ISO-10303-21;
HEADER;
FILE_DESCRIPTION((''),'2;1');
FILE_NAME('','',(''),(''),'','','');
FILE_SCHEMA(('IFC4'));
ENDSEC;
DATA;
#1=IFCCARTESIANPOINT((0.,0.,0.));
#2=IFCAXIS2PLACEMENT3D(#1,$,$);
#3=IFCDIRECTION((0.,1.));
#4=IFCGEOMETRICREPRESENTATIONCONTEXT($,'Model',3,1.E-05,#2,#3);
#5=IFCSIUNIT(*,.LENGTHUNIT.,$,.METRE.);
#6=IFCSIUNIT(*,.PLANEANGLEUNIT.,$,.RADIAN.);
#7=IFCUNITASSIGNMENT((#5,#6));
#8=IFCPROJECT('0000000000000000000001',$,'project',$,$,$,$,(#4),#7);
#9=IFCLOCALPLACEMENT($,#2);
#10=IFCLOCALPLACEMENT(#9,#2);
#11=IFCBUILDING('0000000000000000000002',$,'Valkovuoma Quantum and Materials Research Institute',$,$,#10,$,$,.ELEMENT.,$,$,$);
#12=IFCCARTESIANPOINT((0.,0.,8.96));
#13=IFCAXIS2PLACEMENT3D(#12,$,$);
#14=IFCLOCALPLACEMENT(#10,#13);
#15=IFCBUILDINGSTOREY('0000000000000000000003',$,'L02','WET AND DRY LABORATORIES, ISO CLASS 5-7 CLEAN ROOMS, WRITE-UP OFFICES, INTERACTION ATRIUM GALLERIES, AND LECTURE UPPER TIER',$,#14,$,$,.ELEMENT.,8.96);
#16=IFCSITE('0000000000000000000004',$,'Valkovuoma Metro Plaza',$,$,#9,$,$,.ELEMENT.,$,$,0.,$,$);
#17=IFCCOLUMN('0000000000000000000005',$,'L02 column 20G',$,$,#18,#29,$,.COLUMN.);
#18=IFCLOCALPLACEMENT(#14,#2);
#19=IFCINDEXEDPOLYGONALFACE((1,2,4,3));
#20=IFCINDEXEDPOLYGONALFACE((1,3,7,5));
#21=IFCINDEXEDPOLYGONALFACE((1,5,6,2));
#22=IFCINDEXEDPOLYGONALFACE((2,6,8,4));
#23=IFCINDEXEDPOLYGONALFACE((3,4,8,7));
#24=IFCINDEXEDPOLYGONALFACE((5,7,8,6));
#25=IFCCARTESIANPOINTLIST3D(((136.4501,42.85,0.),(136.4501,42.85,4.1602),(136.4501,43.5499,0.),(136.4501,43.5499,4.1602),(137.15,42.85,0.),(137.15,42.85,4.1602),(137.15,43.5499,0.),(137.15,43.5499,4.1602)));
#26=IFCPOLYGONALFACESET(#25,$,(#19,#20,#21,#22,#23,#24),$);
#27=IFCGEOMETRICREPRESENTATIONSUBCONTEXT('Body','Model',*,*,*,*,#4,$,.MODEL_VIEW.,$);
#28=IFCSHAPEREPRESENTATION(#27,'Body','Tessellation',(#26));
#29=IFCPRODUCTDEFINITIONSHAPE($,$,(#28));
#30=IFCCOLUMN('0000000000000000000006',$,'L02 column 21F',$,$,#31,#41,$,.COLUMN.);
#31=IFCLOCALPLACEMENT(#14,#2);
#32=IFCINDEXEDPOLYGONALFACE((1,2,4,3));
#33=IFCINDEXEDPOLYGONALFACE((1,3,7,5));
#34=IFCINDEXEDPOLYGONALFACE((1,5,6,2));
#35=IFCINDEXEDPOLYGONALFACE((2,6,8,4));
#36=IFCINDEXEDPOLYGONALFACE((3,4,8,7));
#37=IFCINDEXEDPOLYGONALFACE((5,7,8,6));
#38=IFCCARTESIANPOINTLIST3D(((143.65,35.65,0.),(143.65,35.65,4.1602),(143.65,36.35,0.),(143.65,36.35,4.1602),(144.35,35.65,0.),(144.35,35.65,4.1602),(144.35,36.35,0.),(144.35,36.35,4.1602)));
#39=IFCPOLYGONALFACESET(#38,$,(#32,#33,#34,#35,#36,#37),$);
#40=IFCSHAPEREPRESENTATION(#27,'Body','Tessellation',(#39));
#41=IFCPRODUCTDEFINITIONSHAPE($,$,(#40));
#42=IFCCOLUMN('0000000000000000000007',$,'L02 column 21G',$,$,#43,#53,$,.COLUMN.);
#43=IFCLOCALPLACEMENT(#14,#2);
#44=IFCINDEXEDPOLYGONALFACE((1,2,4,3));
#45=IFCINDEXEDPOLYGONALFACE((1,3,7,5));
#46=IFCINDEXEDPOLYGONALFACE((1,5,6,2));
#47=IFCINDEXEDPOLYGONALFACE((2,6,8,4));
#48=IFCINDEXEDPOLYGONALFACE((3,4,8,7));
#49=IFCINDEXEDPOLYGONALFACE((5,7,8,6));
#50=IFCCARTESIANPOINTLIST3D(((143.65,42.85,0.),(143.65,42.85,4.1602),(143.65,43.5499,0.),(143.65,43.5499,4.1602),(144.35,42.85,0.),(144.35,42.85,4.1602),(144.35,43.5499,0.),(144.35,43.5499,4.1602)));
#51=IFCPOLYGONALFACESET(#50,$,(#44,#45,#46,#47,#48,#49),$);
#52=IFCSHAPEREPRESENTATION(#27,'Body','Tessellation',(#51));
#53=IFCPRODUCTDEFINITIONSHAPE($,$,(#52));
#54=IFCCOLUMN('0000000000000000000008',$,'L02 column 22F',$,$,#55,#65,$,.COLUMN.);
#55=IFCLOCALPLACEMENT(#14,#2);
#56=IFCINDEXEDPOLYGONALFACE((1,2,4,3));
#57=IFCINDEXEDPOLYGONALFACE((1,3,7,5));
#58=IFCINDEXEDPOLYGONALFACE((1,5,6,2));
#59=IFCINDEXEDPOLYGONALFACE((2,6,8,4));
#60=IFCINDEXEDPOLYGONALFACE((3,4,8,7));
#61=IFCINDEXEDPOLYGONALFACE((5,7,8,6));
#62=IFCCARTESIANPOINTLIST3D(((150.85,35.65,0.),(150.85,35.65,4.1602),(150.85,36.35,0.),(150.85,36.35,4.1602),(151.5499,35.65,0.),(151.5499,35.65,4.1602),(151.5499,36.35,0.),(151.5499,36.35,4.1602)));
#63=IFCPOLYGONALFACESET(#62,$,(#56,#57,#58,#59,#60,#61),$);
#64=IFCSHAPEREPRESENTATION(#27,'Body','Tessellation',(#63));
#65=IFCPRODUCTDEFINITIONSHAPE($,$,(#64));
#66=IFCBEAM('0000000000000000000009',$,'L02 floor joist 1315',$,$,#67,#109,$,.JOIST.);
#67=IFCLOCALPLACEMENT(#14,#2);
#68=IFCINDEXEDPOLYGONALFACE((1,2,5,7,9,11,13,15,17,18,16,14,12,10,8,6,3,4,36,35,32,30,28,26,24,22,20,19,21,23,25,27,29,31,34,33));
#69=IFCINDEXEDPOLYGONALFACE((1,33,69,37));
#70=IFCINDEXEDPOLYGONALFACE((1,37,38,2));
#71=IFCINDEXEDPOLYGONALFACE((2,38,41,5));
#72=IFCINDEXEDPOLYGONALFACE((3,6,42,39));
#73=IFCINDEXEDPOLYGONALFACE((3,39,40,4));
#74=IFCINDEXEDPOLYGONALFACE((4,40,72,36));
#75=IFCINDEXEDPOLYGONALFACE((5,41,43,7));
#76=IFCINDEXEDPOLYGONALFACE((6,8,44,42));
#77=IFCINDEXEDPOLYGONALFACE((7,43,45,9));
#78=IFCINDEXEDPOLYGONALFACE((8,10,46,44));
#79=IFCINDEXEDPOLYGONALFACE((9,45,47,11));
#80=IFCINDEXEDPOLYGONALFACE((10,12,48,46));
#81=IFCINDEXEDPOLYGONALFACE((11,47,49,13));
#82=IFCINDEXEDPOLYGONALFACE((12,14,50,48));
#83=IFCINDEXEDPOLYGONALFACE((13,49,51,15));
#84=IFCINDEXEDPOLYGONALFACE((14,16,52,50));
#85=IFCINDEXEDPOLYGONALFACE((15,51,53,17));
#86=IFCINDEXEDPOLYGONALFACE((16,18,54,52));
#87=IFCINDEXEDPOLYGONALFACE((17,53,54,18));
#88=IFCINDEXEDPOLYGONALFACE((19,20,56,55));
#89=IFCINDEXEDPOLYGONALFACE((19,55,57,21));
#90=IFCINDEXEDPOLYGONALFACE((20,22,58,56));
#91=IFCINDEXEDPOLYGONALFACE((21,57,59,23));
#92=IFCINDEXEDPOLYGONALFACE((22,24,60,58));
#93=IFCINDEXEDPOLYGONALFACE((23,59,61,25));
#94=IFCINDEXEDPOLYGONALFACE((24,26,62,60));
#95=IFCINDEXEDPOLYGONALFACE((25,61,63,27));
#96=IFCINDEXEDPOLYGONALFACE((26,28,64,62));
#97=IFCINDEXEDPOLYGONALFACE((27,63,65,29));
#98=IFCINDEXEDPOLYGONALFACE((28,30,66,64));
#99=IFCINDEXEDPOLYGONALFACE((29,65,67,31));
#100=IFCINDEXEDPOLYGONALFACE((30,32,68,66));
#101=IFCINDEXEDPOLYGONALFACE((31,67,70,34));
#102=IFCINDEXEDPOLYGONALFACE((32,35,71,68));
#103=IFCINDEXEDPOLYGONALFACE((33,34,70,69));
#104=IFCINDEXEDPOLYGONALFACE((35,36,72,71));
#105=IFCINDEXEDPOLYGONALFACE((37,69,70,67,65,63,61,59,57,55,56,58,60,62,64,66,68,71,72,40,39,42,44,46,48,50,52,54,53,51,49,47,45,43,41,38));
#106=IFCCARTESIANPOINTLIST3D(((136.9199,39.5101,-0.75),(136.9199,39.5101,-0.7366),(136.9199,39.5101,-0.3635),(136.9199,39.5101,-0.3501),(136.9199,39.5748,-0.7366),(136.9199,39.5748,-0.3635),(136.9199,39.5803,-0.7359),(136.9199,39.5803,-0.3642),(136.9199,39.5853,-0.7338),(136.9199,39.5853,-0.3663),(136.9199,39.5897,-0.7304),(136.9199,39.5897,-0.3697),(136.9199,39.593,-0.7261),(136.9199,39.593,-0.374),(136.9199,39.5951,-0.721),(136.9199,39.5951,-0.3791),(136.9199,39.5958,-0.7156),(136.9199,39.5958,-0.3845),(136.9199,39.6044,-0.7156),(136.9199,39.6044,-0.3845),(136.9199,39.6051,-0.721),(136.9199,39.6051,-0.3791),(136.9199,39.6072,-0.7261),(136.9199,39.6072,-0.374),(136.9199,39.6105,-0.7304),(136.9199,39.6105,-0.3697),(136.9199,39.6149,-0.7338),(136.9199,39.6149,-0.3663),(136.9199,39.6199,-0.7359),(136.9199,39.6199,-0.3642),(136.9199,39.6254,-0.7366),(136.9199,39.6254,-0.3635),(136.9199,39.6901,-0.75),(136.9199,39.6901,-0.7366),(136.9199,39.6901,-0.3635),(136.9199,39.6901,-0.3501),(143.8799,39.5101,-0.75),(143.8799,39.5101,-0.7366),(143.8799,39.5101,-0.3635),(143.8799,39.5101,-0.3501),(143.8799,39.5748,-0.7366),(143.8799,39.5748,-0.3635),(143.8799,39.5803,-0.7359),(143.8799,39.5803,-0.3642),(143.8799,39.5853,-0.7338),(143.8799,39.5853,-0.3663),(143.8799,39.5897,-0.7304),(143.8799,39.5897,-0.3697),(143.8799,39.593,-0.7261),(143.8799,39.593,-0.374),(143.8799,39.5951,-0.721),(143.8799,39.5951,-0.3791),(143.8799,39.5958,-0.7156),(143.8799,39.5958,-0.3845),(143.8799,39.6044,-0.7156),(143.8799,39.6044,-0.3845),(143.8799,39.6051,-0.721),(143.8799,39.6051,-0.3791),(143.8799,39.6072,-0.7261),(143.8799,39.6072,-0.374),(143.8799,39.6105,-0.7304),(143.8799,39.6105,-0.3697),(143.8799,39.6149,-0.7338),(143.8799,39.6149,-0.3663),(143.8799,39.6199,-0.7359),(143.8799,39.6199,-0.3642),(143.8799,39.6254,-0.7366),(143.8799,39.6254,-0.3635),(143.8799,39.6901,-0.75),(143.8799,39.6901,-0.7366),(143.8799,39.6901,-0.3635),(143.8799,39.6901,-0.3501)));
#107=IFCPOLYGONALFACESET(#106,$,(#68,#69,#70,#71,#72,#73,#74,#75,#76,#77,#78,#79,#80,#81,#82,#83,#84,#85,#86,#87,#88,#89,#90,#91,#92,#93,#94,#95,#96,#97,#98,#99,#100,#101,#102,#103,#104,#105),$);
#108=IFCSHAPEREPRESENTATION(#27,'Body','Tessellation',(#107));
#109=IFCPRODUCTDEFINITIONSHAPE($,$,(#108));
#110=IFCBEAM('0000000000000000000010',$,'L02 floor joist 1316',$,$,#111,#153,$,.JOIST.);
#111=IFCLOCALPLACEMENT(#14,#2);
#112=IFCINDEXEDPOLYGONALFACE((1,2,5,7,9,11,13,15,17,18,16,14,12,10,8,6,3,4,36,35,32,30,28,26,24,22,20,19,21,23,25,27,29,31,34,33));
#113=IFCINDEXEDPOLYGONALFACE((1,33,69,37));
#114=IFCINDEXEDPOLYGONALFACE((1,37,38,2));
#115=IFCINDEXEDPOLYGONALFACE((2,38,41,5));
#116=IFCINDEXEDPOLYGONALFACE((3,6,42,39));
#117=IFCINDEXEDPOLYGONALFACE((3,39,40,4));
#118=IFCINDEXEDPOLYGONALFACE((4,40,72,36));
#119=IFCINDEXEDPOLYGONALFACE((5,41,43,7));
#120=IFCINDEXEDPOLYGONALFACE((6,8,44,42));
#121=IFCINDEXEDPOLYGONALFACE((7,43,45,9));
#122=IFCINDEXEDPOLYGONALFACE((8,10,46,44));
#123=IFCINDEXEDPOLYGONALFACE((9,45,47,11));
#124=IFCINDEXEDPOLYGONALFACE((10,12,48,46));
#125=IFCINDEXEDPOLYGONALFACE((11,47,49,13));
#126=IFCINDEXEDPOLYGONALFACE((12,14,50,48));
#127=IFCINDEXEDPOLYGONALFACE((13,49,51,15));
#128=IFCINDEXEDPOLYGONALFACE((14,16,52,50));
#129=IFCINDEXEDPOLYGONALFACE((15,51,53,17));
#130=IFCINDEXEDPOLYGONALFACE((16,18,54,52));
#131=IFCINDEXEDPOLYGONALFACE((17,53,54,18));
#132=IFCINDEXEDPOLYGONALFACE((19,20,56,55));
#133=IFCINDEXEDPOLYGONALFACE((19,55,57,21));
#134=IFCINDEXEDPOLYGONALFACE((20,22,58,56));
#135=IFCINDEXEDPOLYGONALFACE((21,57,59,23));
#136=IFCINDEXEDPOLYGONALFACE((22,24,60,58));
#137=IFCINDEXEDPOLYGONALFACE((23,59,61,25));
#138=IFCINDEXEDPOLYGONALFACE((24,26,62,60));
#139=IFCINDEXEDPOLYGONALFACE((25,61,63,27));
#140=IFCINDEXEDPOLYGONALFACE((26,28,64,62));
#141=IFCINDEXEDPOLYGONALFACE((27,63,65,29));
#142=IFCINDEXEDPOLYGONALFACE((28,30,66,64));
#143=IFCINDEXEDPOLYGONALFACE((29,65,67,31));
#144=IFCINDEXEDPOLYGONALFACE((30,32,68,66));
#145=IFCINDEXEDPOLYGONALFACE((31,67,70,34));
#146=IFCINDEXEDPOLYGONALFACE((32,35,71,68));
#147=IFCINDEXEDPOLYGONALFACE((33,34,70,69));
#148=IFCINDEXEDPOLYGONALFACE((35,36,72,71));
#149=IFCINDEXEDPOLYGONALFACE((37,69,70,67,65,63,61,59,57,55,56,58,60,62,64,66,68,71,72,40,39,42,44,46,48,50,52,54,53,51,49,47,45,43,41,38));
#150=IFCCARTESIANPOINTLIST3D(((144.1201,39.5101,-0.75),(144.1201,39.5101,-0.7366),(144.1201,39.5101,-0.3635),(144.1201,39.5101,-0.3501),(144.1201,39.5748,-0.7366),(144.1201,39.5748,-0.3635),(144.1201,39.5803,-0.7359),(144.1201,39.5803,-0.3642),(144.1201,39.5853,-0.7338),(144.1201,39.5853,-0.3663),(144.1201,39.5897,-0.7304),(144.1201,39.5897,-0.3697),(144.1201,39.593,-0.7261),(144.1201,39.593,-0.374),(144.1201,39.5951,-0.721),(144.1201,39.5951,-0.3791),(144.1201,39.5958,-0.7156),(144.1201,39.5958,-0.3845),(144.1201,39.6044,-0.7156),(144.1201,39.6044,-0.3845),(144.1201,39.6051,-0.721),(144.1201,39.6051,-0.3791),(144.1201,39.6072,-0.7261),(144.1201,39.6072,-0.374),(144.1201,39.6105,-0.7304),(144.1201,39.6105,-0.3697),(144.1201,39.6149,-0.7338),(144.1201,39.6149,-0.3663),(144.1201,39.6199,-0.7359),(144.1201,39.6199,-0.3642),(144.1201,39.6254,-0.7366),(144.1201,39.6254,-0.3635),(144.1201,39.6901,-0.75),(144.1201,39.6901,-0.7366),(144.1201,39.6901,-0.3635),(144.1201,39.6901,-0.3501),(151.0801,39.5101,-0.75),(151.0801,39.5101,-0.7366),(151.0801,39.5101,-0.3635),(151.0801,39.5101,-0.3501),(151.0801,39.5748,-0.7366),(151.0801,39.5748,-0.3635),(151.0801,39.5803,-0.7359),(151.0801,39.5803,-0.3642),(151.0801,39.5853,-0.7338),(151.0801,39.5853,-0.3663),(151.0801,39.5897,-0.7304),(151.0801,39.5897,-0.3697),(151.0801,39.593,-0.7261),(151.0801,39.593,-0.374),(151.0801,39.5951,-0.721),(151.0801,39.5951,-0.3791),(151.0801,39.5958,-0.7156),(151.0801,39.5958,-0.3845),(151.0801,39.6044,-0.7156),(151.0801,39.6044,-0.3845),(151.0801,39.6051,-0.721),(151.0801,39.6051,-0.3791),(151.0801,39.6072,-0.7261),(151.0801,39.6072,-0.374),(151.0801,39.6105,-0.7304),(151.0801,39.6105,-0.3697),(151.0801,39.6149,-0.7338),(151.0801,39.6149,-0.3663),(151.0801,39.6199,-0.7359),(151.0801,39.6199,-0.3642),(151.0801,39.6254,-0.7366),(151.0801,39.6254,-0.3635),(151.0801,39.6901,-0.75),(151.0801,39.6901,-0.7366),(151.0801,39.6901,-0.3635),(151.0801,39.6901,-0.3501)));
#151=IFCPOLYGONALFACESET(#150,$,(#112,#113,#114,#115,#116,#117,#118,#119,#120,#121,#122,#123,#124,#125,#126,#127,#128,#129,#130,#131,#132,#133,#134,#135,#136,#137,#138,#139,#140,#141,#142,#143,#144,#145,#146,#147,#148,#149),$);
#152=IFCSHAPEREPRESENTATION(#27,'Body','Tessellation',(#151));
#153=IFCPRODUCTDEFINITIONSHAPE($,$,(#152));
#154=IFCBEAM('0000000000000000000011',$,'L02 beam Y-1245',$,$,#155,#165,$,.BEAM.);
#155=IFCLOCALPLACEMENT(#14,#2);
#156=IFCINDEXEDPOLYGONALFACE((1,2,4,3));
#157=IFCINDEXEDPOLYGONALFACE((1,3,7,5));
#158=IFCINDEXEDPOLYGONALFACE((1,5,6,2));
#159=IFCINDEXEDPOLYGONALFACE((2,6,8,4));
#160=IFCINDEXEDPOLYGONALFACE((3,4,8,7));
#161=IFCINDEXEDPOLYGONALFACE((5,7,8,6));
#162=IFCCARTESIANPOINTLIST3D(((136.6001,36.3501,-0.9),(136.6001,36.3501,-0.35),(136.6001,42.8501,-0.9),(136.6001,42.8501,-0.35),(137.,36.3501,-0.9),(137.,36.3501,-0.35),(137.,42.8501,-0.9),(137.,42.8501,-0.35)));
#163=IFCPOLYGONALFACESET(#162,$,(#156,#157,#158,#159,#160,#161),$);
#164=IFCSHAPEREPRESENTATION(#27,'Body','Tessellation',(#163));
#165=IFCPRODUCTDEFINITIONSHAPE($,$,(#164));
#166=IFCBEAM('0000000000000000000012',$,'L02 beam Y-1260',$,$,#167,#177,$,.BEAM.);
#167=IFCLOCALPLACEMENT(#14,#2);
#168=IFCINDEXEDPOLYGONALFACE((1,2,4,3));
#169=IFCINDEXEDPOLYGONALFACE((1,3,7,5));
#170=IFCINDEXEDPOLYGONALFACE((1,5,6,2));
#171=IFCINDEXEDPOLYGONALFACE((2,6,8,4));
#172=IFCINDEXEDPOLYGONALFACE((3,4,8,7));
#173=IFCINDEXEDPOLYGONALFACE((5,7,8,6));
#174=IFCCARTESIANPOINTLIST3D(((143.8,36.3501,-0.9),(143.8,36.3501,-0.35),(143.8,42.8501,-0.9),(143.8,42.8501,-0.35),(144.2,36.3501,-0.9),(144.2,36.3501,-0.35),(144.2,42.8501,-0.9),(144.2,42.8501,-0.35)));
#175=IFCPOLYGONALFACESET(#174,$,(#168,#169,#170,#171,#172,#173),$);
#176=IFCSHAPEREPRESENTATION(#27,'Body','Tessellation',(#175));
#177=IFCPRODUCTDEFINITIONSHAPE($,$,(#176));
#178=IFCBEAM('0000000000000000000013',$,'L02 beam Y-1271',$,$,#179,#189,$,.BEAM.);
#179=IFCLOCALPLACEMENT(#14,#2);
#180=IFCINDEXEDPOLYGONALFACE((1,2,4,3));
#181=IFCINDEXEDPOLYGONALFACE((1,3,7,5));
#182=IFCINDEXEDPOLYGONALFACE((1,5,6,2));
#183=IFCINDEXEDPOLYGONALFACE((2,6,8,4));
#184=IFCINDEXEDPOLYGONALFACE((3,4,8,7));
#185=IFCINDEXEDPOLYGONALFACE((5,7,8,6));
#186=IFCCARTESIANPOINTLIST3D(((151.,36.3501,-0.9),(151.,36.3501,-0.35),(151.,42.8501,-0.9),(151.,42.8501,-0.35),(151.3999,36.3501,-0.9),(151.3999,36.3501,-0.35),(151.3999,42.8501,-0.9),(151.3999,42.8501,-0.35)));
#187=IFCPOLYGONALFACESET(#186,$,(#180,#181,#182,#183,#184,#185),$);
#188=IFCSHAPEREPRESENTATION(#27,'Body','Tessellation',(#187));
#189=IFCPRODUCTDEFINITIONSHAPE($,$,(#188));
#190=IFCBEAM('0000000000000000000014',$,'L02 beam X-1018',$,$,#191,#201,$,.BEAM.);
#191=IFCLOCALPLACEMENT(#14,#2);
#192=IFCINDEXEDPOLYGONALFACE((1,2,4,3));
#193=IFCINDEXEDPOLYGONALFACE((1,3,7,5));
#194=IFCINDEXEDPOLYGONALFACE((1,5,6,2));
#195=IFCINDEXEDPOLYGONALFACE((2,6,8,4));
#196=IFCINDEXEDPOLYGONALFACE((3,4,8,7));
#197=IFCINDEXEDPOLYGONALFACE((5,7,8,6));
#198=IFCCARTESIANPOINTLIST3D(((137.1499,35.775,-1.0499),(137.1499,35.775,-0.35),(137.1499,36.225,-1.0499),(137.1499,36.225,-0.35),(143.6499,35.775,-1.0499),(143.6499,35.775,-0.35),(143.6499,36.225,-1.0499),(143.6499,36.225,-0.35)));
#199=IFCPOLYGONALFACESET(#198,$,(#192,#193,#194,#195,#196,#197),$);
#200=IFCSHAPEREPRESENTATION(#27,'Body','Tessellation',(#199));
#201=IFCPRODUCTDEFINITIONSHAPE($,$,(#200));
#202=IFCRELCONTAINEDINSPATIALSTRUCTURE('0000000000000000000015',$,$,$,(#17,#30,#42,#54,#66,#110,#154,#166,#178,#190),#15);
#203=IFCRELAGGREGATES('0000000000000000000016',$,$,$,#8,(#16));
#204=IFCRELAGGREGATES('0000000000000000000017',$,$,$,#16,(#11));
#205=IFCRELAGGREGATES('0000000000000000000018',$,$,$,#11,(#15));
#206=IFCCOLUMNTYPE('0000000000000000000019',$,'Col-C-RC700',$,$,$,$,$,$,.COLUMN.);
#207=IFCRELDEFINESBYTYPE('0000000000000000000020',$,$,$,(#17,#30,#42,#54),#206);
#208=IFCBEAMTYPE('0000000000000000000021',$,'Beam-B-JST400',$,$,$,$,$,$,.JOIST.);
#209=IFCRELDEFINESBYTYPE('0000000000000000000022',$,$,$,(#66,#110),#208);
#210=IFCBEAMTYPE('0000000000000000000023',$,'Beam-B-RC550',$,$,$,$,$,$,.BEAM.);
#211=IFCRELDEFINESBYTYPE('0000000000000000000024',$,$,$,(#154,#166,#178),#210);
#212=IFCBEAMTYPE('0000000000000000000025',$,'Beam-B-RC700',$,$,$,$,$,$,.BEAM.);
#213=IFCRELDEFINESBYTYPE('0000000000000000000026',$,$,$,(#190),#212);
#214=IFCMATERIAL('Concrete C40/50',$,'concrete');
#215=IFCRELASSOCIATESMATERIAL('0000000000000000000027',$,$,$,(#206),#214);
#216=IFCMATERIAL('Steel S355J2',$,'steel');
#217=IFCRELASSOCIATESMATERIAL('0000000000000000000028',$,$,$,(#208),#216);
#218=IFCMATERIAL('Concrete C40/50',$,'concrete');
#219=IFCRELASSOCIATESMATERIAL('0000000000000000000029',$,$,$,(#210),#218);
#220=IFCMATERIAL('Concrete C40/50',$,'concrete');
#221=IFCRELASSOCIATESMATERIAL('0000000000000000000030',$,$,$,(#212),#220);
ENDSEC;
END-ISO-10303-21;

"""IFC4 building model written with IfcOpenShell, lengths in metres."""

from ifc_helpers import new_model, si_unit, direction, frame, origin, origin_2d, place, context, subcontext, project, spatial, rectangle, i_section, extrude, material, material_profile, profile_set, type_object, element, save


model = new_model("IFC4")

# Units and contexts
model_context = context("Model", 3, precision=1e-05, world=origin(), true_north=direction((0.0, 1.0)))
body_context = subcontext(model_context, "Body", "Model", "MODEL_VIEW")
ifc_project = project(units=[si_unit("LENGTHUNIT", "METRE"), si_unit("PLANEANGLEUNIT", "RADIAN")], contexts=[model_context])

# Site, building, storey
site_placement = place(None, origin())
site = spatial("IfcSite", under=ifc_project, at=site_placement, Name="Valkovuoma Metro Plaza", CompositionType="ELEMENT", RefElevation=0.0)
building_placement = place(site_placement, origin())
building = spatial("IfcBuilding", under=site, at=building_placement, Name="Valkovuoma Quantum and Materials Research Institute", CompositionType="ELEMENT")
storey_placement = place(building_placement, frame((0.0, 0.0, 8.96)))
storey = spatial("IfcBuildingStorey", under=building, at=storey_placement, Name="L02", Description="WET AND DRY LABORATORIES, ISO CLASS 5-7 CLEAN ROOMS, WRITE-UP OFFICES, INTERACTION ATRIUM GALLERIES, AND LECTURE UPPER TIER", CompositionType="ELEMENT", Elevation=8.96)

# Columns
ifc_material_1 = material(Name="Concrete C40/50", Category="concrete")
ifc_material_profile_1 = material_profile(ifc_material_1, rectangle(XDim=0.7, YDim=0.7, at=origin_2d()), Name="Concrete C40/50")
ifc_profile_set_1 = profile_set([ifc_material_profile_1], Name="Concrete C40/50")
column_type = type_object("IfcColumnType", Name="Col-C-RC700", PredefinedType="COLUMN", material=ifc_profile_set_1)
for number, where, z_axis, x_axis, name in (
    (1, (136.8, 43.2, 0.0), (0.0, 0.0, 1.0), (1.0, 0.0, 0.0), "L02 column 20G"),
    (2, (144.0, 36.0, 0.0), (0.0, 0.0, 1.0), (1.0, 0.0, 0.0), "L02 column 21F"),
    (3, (144.0, 43.2, 0.0), (0.0, 0.0, 1.0), (1.0, 0.0, 0.0), "L02 column 21G"),
    (4, (151.2, 36.0, 0.0), (0.0, 0.0, 1.0), (1.0, 0.0, 0.0), "L02 column 22F"),
):
    element("IfcColumn", number, at=place(storey_placement, frame(where, z_axis=z_axis, x_axis=x_axis)), inside=storey, type_object=column_type, Name=name, PredefinedType="COLUMN", context=body_context, shape_type="SweptSolid", body=[
        extrude(rectangle(XDim=0.7, YDim=0.7, at=origin_2d()), origin(), (0.0, 0.0, 1.0), 4.1602),
    ])

# Beams
ifc_material_2 = material(Name="Steel S355J2", Category="steel")
ifc_material_profile_2 = material_profile(ifc_material_2, i_section(OverallWidth=0.1799, OverallDepth=0.3999, WebThickness=0.0085, FlangeThickness=0.0134, FilletRadius=0.021, at=origin_2d()), Name="Steel S355J2")
ifc_profile_set_2 = profile_set([ifc_material_profile_2], Name="Steel S355J2")
beam_type_1 = type_object("IfcBeamType", Name="Beam-B-JST400", PredefinedType="JOIST", material=ifc_profile_set_2)
for number, where, z_axis, x_axis, name in (
    (5, (136.9199, 39.6001, -0.55), (1.0, 0.0, 0.0), (0.0, 1.0, 0.0), "L02 floor joist 1315"),
    (6, (144.1201, 39.6001, -0.55), (1.0, 0.0, 0.0), (0.0, 1.0, 0.0), "L02 floor joist 1316"),
):
    element("IfcBeam", number, at=place(storey_placement, frame(where, z_axis=z_axis, x_axis=x_axis)), inside=storey, type_object=beam_type_1, Name=name, PredefinedType="JOIST", context=body_context, shape_type="SweptSolid", body=[
        extrude(i_section(OverallWidth=0.1799, OverallDepth=0.3999, WebThickness=0.0085, FlangeThickness=0.0134, FilletRadius=0.021, at=origin_2d()), origin(), (0.0, 0.0, 1.0), 6.96),
    ])
ifc_material_3 = material(Name="Concrete C40/50", Category="concrete")
ifc_material_profile_3 = material_profile(ifc_material_3, rectangle(XDim=0.3999, YDim=0.55, at=origin_2d()), Name="Concrete C40/50")
ifc_profile_set_3 = profile_set([ifc_material_profile_3], Name="Concrete C40/50")
beam_type_2 = type_object("IfcBeamType", Name="Beam-B-RC550", PredefinedType="BEAM", material=ifc_profile_set_3)
for number, where, z_axis, x_axis, name in (
    (7, (136.8, 36.3501, -0.625), (0.0, 1.0, 0.0), (-1.0, 0.0, 0.0), "L02 beam Y-1245"),
    (8, (144.0, 36.3501, -0.625), (0.0, 1.0, 0.0), (-1.0, 0.0, 0.0), "L02 beam Y-1260"),
    (9, (151.2, 36.3501, -0.625), (0.0, 1.0, 0.0), (-1.0, 0.0, 0.0), "L02 beam Y-1271"),
):
    element("IfcBeam", number, at=place(storey_placement, frame(where, z_axis=z_axis, x_axis=x_axis)), inside=storey, type_object=beam_type_2, Name=name, PredefinedType="BEAM", context=body_context, shape_type="SweptSolid", body=[
        extrude(rectangle(XDim=0.3999, YDim=0.55, at=origin_2d()), origin(), (0.0, 0.0, 1.0), 6.5),
    ])
ifc_material_4 = material(Name="Concrete C40/50", Category="concrete")
ifc_material_profile_4 = material_profile(ifc_material_4, rectangle(XDim=0.45, YDim=0.7, at=origin_2d()), Name="Concrete C40/50")
ifc_profile_set_4 = profile_set([ifc_material_profile_4], Name="Concrete C40/50")
beam_type_3 = type_object("IfcBeamType", Name="Beam-B-RC700", PredefinedType="BEAM", material=ifc_profile_set_4)
for number, where, z_axis, x_axis, name in (
    (10, (137.1499, 36.0, -0.7), (1.0, 0.0, 0.0), (0.0, 1.0, 0.0), "L02 beam X-1018"),
):
    element("IfcBeam", number, at=place(storey_placement, frame(where, z_axis=z_axis, x_axis=x_axis)), inside=storey, type_object=beam_type_3, Name=name, PredefinedType="BEAM", context=body_context, shape_type="SweptSolid", body=[
        extrude(rectangle(XDim=0.45, YDim=0.7, at=origin_2d()), origin(), (0.0, 0.0, 1.0), 6.5),
    ])

save(model, "model.ifc")
